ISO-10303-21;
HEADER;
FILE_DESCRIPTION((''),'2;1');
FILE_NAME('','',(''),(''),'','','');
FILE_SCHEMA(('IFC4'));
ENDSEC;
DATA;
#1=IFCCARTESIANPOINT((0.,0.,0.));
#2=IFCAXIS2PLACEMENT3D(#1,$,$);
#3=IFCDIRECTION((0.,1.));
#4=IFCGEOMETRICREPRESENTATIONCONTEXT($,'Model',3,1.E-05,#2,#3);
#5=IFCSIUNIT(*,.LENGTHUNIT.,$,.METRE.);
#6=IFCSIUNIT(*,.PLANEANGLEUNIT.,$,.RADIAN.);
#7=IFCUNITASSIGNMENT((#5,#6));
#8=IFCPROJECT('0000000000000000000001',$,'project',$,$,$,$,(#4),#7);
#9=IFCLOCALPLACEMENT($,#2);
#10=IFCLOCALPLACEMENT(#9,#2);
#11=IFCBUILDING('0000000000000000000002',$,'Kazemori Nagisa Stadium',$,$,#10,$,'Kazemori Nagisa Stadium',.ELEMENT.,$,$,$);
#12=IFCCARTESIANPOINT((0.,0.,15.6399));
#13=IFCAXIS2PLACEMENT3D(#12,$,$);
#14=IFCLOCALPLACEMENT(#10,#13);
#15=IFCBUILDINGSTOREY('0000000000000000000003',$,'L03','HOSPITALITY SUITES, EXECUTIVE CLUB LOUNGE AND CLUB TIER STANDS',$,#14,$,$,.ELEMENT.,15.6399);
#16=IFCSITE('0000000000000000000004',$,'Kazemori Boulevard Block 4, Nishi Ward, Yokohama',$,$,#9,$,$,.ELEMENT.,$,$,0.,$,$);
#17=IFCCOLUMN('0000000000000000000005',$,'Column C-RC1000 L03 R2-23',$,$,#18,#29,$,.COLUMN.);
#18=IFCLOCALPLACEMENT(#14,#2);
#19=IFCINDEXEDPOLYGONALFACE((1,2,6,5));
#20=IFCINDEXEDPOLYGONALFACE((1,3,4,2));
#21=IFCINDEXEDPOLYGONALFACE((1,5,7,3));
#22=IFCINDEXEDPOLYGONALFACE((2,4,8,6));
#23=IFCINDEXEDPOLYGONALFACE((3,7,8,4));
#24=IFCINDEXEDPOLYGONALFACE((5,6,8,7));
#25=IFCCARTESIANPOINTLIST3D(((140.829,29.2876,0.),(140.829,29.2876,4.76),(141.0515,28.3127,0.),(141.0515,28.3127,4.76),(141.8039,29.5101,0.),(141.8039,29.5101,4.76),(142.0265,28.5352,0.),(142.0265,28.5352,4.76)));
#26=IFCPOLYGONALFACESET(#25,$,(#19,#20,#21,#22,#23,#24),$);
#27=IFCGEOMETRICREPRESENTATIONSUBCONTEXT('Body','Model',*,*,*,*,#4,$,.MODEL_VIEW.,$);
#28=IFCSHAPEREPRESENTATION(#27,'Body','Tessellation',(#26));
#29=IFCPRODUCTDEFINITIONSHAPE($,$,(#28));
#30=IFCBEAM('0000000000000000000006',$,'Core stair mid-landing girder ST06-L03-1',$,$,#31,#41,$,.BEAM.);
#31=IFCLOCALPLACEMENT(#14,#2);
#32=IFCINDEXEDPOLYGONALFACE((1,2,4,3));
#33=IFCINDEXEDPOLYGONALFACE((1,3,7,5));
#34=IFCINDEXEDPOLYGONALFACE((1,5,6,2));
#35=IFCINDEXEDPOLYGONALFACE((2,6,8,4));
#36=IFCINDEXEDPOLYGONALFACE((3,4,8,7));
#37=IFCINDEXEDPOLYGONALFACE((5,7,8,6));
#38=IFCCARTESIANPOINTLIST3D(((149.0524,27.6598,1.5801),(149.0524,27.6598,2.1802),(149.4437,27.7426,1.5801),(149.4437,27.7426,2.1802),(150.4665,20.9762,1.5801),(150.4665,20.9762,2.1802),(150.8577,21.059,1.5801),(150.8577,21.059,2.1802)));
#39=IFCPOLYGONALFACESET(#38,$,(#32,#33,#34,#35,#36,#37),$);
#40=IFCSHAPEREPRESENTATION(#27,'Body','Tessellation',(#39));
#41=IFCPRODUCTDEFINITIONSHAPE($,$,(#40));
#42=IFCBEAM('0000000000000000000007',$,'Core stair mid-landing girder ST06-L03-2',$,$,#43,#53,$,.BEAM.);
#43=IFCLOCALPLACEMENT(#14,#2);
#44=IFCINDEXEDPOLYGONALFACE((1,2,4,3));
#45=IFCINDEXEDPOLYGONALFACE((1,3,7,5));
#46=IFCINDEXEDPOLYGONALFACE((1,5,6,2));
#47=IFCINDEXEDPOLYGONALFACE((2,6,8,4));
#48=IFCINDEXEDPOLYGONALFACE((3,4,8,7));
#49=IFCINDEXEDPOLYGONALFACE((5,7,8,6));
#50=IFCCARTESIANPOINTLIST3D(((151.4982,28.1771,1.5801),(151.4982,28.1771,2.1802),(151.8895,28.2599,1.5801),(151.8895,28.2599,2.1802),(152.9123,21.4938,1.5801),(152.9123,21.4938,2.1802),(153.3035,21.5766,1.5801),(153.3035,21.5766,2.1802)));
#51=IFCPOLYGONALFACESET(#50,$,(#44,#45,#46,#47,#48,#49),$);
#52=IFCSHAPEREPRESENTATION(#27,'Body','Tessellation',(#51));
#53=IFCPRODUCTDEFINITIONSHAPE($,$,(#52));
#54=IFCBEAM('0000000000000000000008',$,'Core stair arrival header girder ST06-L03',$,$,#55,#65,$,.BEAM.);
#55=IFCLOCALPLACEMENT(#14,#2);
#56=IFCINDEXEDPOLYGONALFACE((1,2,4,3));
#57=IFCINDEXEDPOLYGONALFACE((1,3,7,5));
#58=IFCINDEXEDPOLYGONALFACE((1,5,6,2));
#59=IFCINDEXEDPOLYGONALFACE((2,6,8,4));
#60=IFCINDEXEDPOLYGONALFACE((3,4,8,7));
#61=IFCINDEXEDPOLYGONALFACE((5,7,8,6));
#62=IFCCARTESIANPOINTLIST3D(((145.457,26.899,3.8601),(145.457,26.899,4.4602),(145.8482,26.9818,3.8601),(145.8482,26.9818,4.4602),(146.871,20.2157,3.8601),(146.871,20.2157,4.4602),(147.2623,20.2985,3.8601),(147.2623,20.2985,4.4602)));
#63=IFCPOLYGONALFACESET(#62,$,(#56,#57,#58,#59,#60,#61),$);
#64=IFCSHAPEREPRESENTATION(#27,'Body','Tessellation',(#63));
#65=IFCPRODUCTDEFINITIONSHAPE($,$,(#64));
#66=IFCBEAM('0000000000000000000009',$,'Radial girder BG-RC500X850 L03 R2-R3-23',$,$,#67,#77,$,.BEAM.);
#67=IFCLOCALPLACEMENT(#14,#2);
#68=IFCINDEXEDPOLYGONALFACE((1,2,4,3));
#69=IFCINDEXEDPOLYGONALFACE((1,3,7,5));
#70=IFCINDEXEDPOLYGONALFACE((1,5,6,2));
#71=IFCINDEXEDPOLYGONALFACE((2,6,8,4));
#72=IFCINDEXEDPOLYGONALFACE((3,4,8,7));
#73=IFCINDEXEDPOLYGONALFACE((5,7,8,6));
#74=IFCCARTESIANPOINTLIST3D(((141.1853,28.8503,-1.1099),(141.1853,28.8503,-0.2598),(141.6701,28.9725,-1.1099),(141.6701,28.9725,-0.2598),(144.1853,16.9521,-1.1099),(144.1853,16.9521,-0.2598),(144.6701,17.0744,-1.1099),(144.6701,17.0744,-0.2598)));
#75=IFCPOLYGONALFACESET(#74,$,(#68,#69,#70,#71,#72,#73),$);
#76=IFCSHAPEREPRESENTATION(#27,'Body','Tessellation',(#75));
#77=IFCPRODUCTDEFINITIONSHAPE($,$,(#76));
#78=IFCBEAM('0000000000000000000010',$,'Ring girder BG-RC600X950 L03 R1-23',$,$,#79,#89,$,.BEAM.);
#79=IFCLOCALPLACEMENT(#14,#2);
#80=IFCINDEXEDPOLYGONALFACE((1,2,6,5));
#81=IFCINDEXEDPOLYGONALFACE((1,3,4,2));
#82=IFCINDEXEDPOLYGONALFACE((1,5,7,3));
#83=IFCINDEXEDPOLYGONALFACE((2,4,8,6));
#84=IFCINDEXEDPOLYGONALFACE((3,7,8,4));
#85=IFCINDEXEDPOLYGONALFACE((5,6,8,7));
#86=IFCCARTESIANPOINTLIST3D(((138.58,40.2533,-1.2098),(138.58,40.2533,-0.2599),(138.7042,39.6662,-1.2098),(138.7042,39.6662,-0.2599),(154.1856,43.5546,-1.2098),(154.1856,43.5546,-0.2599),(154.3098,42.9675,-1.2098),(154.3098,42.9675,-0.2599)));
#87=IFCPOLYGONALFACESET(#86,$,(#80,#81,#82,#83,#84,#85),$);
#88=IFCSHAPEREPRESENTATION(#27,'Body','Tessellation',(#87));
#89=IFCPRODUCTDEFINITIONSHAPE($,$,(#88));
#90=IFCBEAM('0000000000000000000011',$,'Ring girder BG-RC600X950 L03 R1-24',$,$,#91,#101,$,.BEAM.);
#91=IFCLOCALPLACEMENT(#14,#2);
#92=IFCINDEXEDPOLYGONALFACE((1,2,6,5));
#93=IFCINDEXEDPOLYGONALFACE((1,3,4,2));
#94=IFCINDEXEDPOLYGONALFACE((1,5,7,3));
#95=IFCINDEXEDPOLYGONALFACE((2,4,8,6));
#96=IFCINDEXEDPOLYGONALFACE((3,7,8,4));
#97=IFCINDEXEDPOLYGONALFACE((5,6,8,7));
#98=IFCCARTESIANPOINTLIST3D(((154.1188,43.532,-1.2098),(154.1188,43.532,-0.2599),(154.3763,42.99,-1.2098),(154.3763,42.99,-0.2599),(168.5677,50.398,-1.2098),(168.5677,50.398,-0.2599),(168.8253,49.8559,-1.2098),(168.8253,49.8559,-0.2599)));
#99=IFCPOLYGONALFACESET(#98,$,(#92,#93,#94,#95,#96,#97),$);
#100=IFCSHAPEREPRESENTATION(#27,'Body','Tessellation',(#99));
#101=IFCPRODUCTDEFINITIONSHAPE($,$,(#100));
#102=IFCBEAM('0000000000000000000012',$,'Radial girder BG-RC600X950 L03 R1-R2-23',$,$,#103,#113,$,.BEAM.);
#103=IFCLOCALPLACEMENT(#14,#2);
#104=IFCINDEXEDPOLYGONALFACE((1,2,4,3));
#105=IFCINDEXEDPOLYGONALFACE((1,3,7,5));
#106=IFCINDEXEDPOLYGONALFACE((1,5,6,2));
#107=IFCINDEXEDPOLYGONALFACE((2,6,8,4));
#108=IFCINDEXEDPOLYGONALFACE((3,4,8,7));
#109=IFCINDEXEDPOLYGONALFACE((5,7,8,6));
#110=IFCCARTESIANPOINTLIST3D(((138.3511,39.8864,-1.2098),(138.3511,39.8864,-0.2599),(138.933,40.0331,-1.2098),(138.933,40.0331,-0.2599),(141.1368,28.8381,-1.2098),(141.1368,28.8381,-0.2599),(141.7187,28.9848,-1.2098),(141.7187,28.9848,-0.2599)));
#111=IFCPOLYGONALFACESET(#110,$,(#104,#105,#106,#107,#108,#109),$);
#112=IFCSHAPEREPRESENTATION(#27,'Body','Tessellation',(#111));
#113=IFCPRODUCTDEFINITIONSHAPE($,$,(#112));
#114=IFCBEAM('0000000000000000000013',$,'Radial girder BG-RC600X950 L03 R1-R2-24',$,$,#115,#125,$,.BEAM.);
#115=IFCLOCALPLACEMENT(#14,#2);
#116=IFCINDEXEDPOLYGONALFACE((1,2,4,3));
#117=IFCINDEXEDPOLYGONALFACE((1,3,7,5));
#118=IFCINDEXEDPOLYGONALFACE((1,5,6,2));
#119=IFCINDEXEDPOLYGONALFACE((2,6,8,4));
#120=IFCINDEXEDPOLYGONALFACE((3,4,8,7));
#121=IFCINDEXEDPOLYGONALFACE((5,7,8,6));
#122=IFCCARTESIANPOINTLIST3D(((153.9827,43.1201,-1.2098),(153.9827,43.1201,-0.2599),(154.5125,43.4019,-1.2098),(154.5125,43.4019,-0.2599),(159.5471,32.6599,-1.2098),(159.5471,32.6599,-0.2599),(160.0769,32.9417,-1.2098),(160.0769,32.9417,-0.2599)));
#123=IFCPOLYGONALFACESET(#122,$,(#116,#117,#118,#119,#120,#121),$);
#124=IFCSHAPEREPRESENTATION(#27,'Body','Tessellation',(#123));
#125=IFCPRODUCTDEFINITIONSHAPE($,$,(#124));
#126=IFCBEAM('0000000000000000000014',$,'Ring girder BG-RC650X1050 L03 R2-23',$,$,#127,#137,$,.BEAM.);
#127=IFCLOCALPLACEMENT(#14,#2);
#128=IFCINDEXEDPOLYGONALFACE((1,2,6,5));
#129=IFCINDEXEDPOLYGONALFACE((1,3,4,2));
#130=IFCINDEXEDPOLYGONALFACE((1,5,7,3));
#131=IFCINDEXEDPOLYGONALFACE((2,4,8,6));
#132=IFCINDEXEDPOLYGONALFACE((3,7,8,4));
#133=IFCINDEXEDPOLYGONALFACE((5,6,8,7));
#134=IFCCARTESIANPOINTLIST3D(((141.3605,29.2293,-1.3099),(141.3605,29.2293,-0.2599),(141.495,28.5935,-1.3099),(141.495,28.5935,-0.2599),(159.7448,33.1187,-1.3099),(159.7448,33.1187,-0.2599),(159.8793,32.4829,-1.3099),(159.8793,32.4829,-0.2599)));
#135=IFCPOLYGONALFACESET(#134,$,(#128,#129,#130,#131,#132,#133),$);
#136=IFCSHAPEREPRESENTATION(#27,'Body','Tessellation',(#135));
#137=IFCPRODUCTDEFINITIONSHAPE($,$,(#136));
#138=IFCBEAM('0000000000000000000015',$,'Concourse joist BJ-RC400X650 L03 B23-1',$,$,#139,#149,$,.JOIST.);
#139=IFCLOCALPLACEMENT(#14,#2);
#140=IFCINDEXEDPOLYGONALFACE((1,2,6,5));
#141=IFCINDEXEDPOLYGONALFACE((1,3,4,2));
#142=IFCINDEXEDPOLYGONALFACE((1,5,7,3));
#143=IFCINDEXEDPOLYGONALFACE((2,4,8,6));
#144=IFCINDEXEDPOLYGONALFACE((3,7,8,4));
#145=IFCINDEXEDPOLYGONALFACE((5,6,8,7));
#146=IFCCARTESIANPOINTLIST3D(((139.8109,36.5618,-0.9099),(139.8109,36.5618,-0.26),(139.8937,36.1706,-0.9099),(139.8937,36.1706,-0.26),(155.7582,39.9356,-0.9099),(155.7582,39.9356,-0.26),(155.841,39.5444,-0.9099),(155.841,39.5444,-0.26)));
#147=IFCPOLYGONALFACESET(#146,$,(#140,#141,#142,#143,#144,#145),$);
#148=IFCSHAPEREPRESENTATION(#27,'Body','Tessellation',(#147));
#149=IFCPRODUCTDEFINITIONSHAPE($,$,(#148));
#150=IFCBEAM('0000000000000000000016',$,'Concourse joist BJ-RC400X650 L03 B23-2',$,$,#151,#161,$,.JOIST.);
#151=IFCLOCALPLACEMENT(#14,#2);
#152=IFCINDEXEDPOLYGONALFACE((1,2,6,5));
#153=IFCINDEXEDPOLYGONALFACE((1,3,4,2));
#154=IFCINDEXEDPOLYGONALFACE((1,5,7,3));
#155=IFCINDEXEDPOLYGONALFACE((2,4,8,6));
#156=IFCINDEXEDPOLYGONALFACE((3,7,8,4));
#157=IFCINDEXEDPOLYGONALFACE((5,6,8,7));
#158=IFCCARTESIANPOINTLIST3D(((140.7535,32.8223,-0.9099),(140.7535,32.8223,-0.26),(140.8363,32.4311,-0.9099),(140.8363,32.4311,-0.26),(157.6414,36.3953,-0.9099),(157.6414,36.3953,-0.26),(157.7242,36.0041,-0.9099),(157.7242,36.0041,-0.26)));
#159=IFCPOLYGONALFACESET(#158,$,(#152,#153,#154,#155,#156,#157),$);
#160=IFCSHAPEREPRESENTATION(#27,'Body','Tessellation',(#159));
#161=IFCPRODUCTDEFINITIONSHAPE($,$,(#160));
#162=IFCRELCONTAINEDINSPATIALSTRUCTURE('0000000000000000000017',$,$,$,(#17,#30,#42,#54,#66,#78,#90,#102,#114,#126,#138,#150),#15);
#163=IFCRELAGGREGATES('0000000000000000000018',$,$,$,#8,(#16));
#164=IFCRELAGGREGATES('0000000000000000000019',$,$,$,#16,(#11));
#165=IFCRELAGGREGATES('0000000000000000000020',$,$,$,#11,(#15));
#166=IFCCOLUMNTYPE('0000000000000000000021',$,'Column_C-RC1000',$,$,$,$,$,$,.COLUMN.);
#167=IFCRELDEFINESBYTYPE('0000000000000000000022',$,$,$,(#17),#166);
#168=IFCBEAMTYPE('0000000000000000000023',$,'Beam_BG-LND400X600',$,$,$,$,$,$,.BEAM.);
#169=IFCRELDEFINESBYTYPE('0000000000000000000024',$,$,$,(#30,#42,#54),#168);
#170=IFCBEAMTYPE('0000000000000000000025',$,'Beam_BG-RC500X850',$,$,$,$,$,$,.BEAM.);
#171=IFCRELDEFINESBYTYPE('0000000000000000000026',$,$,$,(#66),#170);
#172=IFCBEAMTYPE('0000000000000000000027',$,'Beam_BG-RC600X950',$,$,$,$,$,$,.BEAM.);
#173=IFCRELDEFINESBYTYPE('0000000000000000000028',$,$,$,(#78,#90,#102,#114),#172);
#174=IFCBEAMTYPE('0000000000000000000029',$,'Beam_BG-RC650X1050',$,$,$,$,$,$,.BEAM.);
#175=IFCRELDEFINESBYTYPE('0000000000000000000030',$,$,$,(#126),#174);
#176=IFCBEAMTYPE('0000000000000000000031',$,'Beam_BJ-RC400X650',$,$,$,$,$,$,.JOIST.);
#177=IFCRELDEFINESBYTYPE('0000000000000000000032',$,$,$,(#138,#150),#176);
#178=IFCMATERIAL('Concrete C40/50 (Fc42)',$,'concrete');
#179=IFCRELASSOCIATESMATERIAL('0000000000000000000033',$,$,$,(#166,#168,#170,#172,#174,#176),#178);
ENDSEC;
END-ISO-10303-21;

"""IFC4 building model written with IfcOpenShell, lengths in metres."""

from ifc_helpers import new_model, si_unit, direction, frame, origin, origin_2d, place, context, subcontext, project, spatial, rectangle, extrude, material, material_profile, profile_set, type_object, element, save


model = new_model("IFC4")

# Units and contexts
model_context = context("Model", 3, precision=1e-05, world=origin(), true_north=direction((0.0, 1.0)))
body_context = subcontext(model_context, "Body", "Model", "MODEL_VIEW")
ifc_project = project(units=[si_unit("LENGTHUNIT", "METRE"), si_unit("PLANEANGLEUNIT", "RADIAN")], contexts=[model_context])

# Site, building, storey
site_placement = place(None, origin())
site = spatial("IfcSite", under=ifc_project, at=site_placement, Name="Kazemori Boulevard Block 4, Nishi Ward, Yokohama", CompositionType="ELEMENT", RefElevation=0.0)
building_placement = place(site_placement, origin())
building = spatial("IfcBuilding", under=site, at=building_placement, Name="Kazemori Nagisa Stadium", LongName="Kazemori Nagisa Stadium", CompositionType="ELEMENT")
storey_placement = place(building_placement, frame((0.0, 0.0, 15.6399)))
storey = spatial("IfcBuildingStorey", under=building, at=storey_placement, Name="L03", Description="HOSPITALITY SUITES, EXECUTIVE CLUB LOUNGE AND CLUB TIER STANDS", CompositionType="ELEMENT", Elevation=15.6399)

# Column
ifc_material_1 = material(Name="Concrete C40/50 (Fc42)", Category="concrete")
ifc_material_profile_1 = material_profile(ifc_material_1, rectangle(XDim=1.0, YDim=1.0, at=origin_2d()), Name="RC-COL-1000x1000")
ifc_profile_set_1 = profile_set([ifc_material_profile_1], Name="Concrete C40/50 (Fc42)")
column_type_1 = type_object("IfcColumnType", Name="Column_C-RC1000", PredefinedType="COLUMN", material=ifc_profile_set_1)
column_placement = place(storey_placement, frame((141.4277, 28.9114, 0.0), z_axis=(0.0, 0.0, 1.0), x_axis=(0.222521, -0.974928, 0.0)))
element("IfcColumn", 1, at=column_placement, inside=storey, type_object=column_type_1, Name="Column C-RC1000 L03 R2-23", PredefinedType="COLUMN", context=body_context, shape_type="SweptSolid", body=[
    extrude(rectangle(XDim=1.0, YDim=1.0, at=origin_2d()), origin(), (0.0, 0.0, 1.0), 4.76),
])

# Beams
ifc_material_profile_2 = material_profile(ifc_material_1, rectangle(XDim=0.3999, YDim=0.6001, at=origin_2d()), Name="RC-BM-400x600")
ifc_profile_set_2 = profile_set([ifc_material_profile_2], Name="Concrete C40/50 (Fc42)")
beam_type_1 = type_object("IfcBeamType", Name="Beam_BG-LND400X600", PredefinedType="BEAM", material=ifc_profile_set_2)
beam_1_placement = place(storey_placement, frame((149.248, 27.7012, 1.8801), z_axis=(0.20699, -0.978343, 0.0), x_axis=(0.978343, 0.20699, 0.0)))
element("IfcBeam", 2, at=beam_1_placement, inside=storey, type_object=beam_type_1, Name="Core stair mid-landing girder ST06-L03-1", PredefinedType="BEAM", context=body_context, shape_type="SweptSolid", body=[
    extrude(rectangle(XDim=0.3999, YDim=0.6001, at=origin_2d()), origin(), (0.0, 0.0, 1.0), 6.8315),
])
for number, where, z_axis, x_axis, name in (
    (3, (151.6938, 28.2185, 1.8801), (0.206997, -0.978341, 0.0), (0.978341, 0.206997, 0.0), "Core stair mid-landing girder ST06-L03-2"),
    (4, (145.6526, 26.9404, 4.1602), (0.206997, -0.978341, 0.0), (0.978341, 0.206997, 0.0), "Core stair arrival header girder ST06-L03"),
):
    element("IfcBeam", number, at=place(storey_placement, frame(where, z_axis=z_axis, x_axis=x_axis)), inside=storey, type_object=beam_type_1, Name=name, PredefinedType="BEAM", context=body_context, shape_type="SweptSolid", body=[
        extrude(rectangle(XDim=0.3999, YDim=0.6001, at=origin_2d()), origin(), (0.0, 0.0, 1.0), 6.8313),
    ])
ifc_material_profile_3 = material_profile(ifc_material_1, rectangle(XDim=0.5, YDim=0.8501, at=origin_2d()), Name="RC-BM-500x850")
ifc_profile_set_3 = profile_set([ifc_material_profile_3], Name="Concrete C40/50 (Fc42)")
beam_type_2 = type_object("IfcBeamType", Name="Beam_BG-RC500X850", PredefinedType="BEAM", material=ifc_profile_set_3)
beam_2_placement = place(storey_placement, frame((141.4277, 28.9114, -0.6848), z_axis=(0.244487, -0.969652, 0.0), x_axis=(0.969652, 0.244487, 0.0)))
element("IfcBeam", 5, at=beam_2_placement, inside=storey, type_object=beam_type_2, Name="Radial girder BG-RC500X850 L03 R2-R3-23", PredefinedType="BEAM", context=body_context, shape_type="SweptSolid", body=[
    extrude(rectangle(XDim=0.5, YDim=0.8501, at=origin_2d()), origin(), (0.0, 0.0, 1.0), 12.2705),
])
ifc_material_profile_4 = material_profile(ifc_material_1, rectangle(XDim=0.6001, YDim=0.95, at=origin_2d()), Name="RC-BM-600x950")
ifc_profile_set_4 = profile_set([ifc_material_profile_4], Name="Concrete C40/50 (Fc42)")
beam_type_3 = type_object("IfcBeamType", Name="Beam_BG-RC600X950", PredefinedType="BEAM", material=ifc_profile_set_4)
beam_3_placement = place(storey_placement, frame((138.6421, 39.9597, -0.7349), z_axis=(0.978348, 0.206965, 0.0), x_axis=(-0.206965, 0.978348, 0.0)))
element("IfcBeam", 6, at=beam_3_placement, inside=storey, type_object=beam_type_3, Name="Ring girder BG-RC600X950 L03 R1-23", PredefinedType="BEAM", context=body_context, shape_type="SweptSolid", body=[
    extrude(rectangle(XDim=0.6001, YDim=0.95, at=origin_2d()), origin(), (0.0, 0.0, 1.0), 15.9509),
])
beam_4_placement = place(storey_placement, frame((154.2476, 43.261, -0.7349), z_axis=(0.903212, 0.429195, 0.0), x_axis=(-0.429195, 0.903212, 0.0)))
element("IfcBeam", 7, at=beam_4_placement, inside=storey, type_object=beam_type_3, Name="Ring girder BG-RC600X950 L03 R1-24", PredefinedType="BEAM", context=body_context, shape_type="SweptSolid", body=[
    extrude(rectangle(XDim=0.6001, YDim=0.95, at=origin_2d()), origin(), (0.0, 0.0, 1.0), 15.9973),
])
beam_5_placement = place(storey_placement, frame((138.6421, 39.9597, -0.7349), z_axis=(0.244481, -0.969654, 0.0), x_axis=(0.969654, 0.244481, 0.0)))
element("IfcBeam", 8, at=beam_5_placement, inside=storey, type_object=beam_type_3, Name="Radial girder BG-RC600X950 L03 R1-R2-23", PredefinedType="BEAM", context=body_context, shape_type="SweptSolid", body=[
    extrude(rectangle(XDim=0.6001, YDim=0.95, at=origin_2d()), origin(), (0.0, 0.0, 1.0), 11.394),
])
beam_6_placement = place(storey_placement, frame((154.2476, 43.261, -0.7349), z_axis=(0.469647, -0.882854, 0.0), x_axis=(0.882854, 0.469647, 0.0)))
element("IfcBeam", 9, at=beam_6_placement, inside=storey, type_object=beam_type_3, Name="Radial girder BG-RC600X950 L03 R1-R2-24", PredefinedType="BEAM", context=body_context, shape_type="SweptSolid", body=[
    extrude(rectangle(XDim=0.6001, YDim=0.95, at=origin_2d()), origin(), (0.0, 0.0, 1.0), 11.8481),
])
ifc_material_profile_5 = material_profile(ifc_material_1, rectangle(XDim=0.6499, YDim=1.05, at=origin_2d()), Name="RC-BM-650x1050")
ifc_profile_set_5 = profile_set([ifc_material_profile_5], Name="Concrete C40/50 (Fc42)")
beam_type_4 = type_object("IfcBeamType", Name="Beam_BG-RC650X1050", PredefinedType="BEAM", material=ifc_profile_set_5)
beam_7_placement = place(storey_placement, frame((141.4277, 28.9114, -0.7849), z_axis=(0.978345, 0.20698, 0.0), x_axis=(-0.20698, 0.978345, 0.0)))
element("IfcBeam", 10, at=beam_7_placement, inside=storey, type_object=beam_type_4, Name="Ring girder BG-RC650X1050 L03 R2-23", PredefinedType="BEAM", context=body_context, shape_type="SweptSolid", body=[
    extrude(rectangle(XDim=0.6499, YDim=1.05, at=origin_2d()), origin(), (0.0, 0.0, 1.0), 18.7913),
])
ifc_material_profile_6 = material_profile(ifc_material_1, rectangle(XDim=0.3999, YDim=0.6499, at=origin_2d()), Name="RC-BM-400x650")
ifc_profile_set_6 = profile_set([ifc_material_profile_6], Name="Concrete C40/50 (Fc42)")
beam_type_5 = type_object("IfcBeamType", Name="Beam_BJ-RC400X650", PredefinedType="JOIST", material=ifc_profile_set_6)
beam_8_placement = place(storey_placement, frame((139.8523, 36.3662, -0.585), z_axis=(0.978346, 0.206977, 0.0), x_axis=(-0.206977, 0.978346, 0.0)))
element("IfcBeam", 11, at=beam_8_placement, inside=storey, type_object=beam_type_5, Name="Concourse joist BJ-RC400X650 L03 B23-1", PredefinedType="JOIST", context=body_context, shape_type="SweptSolid", body=[
    extrude(rectangle(XDim=0.3999, YDim=0.6499, at=origin_2d()), origin(), (0.0, 0.0, 1.0), 16.3003),
])
beam_9_placement = place(storey_placement, frame((140.7949, 32.6267, -0.585), z_axis=(0.978343, 0.206989, 0.0), x_axis=(-0.206989, 0.978343, 0.0)))
element("IfcBeam", 12, at=beam_9_placement, inside=storey, type_object=beam_type_5, Name="Concourse joist BJ-RC400X650 L03 B23-2", PredefinedType="JOIST", context=body_context, shape_type="SweptSolid", body=[
    extrude(rectangle(XDim=0.3999, YDim=0.6499, at=origin_2d()), origin(), (0.0, 0.0, 1.0), 17.2617),
])

save(model, "model.ifc")
